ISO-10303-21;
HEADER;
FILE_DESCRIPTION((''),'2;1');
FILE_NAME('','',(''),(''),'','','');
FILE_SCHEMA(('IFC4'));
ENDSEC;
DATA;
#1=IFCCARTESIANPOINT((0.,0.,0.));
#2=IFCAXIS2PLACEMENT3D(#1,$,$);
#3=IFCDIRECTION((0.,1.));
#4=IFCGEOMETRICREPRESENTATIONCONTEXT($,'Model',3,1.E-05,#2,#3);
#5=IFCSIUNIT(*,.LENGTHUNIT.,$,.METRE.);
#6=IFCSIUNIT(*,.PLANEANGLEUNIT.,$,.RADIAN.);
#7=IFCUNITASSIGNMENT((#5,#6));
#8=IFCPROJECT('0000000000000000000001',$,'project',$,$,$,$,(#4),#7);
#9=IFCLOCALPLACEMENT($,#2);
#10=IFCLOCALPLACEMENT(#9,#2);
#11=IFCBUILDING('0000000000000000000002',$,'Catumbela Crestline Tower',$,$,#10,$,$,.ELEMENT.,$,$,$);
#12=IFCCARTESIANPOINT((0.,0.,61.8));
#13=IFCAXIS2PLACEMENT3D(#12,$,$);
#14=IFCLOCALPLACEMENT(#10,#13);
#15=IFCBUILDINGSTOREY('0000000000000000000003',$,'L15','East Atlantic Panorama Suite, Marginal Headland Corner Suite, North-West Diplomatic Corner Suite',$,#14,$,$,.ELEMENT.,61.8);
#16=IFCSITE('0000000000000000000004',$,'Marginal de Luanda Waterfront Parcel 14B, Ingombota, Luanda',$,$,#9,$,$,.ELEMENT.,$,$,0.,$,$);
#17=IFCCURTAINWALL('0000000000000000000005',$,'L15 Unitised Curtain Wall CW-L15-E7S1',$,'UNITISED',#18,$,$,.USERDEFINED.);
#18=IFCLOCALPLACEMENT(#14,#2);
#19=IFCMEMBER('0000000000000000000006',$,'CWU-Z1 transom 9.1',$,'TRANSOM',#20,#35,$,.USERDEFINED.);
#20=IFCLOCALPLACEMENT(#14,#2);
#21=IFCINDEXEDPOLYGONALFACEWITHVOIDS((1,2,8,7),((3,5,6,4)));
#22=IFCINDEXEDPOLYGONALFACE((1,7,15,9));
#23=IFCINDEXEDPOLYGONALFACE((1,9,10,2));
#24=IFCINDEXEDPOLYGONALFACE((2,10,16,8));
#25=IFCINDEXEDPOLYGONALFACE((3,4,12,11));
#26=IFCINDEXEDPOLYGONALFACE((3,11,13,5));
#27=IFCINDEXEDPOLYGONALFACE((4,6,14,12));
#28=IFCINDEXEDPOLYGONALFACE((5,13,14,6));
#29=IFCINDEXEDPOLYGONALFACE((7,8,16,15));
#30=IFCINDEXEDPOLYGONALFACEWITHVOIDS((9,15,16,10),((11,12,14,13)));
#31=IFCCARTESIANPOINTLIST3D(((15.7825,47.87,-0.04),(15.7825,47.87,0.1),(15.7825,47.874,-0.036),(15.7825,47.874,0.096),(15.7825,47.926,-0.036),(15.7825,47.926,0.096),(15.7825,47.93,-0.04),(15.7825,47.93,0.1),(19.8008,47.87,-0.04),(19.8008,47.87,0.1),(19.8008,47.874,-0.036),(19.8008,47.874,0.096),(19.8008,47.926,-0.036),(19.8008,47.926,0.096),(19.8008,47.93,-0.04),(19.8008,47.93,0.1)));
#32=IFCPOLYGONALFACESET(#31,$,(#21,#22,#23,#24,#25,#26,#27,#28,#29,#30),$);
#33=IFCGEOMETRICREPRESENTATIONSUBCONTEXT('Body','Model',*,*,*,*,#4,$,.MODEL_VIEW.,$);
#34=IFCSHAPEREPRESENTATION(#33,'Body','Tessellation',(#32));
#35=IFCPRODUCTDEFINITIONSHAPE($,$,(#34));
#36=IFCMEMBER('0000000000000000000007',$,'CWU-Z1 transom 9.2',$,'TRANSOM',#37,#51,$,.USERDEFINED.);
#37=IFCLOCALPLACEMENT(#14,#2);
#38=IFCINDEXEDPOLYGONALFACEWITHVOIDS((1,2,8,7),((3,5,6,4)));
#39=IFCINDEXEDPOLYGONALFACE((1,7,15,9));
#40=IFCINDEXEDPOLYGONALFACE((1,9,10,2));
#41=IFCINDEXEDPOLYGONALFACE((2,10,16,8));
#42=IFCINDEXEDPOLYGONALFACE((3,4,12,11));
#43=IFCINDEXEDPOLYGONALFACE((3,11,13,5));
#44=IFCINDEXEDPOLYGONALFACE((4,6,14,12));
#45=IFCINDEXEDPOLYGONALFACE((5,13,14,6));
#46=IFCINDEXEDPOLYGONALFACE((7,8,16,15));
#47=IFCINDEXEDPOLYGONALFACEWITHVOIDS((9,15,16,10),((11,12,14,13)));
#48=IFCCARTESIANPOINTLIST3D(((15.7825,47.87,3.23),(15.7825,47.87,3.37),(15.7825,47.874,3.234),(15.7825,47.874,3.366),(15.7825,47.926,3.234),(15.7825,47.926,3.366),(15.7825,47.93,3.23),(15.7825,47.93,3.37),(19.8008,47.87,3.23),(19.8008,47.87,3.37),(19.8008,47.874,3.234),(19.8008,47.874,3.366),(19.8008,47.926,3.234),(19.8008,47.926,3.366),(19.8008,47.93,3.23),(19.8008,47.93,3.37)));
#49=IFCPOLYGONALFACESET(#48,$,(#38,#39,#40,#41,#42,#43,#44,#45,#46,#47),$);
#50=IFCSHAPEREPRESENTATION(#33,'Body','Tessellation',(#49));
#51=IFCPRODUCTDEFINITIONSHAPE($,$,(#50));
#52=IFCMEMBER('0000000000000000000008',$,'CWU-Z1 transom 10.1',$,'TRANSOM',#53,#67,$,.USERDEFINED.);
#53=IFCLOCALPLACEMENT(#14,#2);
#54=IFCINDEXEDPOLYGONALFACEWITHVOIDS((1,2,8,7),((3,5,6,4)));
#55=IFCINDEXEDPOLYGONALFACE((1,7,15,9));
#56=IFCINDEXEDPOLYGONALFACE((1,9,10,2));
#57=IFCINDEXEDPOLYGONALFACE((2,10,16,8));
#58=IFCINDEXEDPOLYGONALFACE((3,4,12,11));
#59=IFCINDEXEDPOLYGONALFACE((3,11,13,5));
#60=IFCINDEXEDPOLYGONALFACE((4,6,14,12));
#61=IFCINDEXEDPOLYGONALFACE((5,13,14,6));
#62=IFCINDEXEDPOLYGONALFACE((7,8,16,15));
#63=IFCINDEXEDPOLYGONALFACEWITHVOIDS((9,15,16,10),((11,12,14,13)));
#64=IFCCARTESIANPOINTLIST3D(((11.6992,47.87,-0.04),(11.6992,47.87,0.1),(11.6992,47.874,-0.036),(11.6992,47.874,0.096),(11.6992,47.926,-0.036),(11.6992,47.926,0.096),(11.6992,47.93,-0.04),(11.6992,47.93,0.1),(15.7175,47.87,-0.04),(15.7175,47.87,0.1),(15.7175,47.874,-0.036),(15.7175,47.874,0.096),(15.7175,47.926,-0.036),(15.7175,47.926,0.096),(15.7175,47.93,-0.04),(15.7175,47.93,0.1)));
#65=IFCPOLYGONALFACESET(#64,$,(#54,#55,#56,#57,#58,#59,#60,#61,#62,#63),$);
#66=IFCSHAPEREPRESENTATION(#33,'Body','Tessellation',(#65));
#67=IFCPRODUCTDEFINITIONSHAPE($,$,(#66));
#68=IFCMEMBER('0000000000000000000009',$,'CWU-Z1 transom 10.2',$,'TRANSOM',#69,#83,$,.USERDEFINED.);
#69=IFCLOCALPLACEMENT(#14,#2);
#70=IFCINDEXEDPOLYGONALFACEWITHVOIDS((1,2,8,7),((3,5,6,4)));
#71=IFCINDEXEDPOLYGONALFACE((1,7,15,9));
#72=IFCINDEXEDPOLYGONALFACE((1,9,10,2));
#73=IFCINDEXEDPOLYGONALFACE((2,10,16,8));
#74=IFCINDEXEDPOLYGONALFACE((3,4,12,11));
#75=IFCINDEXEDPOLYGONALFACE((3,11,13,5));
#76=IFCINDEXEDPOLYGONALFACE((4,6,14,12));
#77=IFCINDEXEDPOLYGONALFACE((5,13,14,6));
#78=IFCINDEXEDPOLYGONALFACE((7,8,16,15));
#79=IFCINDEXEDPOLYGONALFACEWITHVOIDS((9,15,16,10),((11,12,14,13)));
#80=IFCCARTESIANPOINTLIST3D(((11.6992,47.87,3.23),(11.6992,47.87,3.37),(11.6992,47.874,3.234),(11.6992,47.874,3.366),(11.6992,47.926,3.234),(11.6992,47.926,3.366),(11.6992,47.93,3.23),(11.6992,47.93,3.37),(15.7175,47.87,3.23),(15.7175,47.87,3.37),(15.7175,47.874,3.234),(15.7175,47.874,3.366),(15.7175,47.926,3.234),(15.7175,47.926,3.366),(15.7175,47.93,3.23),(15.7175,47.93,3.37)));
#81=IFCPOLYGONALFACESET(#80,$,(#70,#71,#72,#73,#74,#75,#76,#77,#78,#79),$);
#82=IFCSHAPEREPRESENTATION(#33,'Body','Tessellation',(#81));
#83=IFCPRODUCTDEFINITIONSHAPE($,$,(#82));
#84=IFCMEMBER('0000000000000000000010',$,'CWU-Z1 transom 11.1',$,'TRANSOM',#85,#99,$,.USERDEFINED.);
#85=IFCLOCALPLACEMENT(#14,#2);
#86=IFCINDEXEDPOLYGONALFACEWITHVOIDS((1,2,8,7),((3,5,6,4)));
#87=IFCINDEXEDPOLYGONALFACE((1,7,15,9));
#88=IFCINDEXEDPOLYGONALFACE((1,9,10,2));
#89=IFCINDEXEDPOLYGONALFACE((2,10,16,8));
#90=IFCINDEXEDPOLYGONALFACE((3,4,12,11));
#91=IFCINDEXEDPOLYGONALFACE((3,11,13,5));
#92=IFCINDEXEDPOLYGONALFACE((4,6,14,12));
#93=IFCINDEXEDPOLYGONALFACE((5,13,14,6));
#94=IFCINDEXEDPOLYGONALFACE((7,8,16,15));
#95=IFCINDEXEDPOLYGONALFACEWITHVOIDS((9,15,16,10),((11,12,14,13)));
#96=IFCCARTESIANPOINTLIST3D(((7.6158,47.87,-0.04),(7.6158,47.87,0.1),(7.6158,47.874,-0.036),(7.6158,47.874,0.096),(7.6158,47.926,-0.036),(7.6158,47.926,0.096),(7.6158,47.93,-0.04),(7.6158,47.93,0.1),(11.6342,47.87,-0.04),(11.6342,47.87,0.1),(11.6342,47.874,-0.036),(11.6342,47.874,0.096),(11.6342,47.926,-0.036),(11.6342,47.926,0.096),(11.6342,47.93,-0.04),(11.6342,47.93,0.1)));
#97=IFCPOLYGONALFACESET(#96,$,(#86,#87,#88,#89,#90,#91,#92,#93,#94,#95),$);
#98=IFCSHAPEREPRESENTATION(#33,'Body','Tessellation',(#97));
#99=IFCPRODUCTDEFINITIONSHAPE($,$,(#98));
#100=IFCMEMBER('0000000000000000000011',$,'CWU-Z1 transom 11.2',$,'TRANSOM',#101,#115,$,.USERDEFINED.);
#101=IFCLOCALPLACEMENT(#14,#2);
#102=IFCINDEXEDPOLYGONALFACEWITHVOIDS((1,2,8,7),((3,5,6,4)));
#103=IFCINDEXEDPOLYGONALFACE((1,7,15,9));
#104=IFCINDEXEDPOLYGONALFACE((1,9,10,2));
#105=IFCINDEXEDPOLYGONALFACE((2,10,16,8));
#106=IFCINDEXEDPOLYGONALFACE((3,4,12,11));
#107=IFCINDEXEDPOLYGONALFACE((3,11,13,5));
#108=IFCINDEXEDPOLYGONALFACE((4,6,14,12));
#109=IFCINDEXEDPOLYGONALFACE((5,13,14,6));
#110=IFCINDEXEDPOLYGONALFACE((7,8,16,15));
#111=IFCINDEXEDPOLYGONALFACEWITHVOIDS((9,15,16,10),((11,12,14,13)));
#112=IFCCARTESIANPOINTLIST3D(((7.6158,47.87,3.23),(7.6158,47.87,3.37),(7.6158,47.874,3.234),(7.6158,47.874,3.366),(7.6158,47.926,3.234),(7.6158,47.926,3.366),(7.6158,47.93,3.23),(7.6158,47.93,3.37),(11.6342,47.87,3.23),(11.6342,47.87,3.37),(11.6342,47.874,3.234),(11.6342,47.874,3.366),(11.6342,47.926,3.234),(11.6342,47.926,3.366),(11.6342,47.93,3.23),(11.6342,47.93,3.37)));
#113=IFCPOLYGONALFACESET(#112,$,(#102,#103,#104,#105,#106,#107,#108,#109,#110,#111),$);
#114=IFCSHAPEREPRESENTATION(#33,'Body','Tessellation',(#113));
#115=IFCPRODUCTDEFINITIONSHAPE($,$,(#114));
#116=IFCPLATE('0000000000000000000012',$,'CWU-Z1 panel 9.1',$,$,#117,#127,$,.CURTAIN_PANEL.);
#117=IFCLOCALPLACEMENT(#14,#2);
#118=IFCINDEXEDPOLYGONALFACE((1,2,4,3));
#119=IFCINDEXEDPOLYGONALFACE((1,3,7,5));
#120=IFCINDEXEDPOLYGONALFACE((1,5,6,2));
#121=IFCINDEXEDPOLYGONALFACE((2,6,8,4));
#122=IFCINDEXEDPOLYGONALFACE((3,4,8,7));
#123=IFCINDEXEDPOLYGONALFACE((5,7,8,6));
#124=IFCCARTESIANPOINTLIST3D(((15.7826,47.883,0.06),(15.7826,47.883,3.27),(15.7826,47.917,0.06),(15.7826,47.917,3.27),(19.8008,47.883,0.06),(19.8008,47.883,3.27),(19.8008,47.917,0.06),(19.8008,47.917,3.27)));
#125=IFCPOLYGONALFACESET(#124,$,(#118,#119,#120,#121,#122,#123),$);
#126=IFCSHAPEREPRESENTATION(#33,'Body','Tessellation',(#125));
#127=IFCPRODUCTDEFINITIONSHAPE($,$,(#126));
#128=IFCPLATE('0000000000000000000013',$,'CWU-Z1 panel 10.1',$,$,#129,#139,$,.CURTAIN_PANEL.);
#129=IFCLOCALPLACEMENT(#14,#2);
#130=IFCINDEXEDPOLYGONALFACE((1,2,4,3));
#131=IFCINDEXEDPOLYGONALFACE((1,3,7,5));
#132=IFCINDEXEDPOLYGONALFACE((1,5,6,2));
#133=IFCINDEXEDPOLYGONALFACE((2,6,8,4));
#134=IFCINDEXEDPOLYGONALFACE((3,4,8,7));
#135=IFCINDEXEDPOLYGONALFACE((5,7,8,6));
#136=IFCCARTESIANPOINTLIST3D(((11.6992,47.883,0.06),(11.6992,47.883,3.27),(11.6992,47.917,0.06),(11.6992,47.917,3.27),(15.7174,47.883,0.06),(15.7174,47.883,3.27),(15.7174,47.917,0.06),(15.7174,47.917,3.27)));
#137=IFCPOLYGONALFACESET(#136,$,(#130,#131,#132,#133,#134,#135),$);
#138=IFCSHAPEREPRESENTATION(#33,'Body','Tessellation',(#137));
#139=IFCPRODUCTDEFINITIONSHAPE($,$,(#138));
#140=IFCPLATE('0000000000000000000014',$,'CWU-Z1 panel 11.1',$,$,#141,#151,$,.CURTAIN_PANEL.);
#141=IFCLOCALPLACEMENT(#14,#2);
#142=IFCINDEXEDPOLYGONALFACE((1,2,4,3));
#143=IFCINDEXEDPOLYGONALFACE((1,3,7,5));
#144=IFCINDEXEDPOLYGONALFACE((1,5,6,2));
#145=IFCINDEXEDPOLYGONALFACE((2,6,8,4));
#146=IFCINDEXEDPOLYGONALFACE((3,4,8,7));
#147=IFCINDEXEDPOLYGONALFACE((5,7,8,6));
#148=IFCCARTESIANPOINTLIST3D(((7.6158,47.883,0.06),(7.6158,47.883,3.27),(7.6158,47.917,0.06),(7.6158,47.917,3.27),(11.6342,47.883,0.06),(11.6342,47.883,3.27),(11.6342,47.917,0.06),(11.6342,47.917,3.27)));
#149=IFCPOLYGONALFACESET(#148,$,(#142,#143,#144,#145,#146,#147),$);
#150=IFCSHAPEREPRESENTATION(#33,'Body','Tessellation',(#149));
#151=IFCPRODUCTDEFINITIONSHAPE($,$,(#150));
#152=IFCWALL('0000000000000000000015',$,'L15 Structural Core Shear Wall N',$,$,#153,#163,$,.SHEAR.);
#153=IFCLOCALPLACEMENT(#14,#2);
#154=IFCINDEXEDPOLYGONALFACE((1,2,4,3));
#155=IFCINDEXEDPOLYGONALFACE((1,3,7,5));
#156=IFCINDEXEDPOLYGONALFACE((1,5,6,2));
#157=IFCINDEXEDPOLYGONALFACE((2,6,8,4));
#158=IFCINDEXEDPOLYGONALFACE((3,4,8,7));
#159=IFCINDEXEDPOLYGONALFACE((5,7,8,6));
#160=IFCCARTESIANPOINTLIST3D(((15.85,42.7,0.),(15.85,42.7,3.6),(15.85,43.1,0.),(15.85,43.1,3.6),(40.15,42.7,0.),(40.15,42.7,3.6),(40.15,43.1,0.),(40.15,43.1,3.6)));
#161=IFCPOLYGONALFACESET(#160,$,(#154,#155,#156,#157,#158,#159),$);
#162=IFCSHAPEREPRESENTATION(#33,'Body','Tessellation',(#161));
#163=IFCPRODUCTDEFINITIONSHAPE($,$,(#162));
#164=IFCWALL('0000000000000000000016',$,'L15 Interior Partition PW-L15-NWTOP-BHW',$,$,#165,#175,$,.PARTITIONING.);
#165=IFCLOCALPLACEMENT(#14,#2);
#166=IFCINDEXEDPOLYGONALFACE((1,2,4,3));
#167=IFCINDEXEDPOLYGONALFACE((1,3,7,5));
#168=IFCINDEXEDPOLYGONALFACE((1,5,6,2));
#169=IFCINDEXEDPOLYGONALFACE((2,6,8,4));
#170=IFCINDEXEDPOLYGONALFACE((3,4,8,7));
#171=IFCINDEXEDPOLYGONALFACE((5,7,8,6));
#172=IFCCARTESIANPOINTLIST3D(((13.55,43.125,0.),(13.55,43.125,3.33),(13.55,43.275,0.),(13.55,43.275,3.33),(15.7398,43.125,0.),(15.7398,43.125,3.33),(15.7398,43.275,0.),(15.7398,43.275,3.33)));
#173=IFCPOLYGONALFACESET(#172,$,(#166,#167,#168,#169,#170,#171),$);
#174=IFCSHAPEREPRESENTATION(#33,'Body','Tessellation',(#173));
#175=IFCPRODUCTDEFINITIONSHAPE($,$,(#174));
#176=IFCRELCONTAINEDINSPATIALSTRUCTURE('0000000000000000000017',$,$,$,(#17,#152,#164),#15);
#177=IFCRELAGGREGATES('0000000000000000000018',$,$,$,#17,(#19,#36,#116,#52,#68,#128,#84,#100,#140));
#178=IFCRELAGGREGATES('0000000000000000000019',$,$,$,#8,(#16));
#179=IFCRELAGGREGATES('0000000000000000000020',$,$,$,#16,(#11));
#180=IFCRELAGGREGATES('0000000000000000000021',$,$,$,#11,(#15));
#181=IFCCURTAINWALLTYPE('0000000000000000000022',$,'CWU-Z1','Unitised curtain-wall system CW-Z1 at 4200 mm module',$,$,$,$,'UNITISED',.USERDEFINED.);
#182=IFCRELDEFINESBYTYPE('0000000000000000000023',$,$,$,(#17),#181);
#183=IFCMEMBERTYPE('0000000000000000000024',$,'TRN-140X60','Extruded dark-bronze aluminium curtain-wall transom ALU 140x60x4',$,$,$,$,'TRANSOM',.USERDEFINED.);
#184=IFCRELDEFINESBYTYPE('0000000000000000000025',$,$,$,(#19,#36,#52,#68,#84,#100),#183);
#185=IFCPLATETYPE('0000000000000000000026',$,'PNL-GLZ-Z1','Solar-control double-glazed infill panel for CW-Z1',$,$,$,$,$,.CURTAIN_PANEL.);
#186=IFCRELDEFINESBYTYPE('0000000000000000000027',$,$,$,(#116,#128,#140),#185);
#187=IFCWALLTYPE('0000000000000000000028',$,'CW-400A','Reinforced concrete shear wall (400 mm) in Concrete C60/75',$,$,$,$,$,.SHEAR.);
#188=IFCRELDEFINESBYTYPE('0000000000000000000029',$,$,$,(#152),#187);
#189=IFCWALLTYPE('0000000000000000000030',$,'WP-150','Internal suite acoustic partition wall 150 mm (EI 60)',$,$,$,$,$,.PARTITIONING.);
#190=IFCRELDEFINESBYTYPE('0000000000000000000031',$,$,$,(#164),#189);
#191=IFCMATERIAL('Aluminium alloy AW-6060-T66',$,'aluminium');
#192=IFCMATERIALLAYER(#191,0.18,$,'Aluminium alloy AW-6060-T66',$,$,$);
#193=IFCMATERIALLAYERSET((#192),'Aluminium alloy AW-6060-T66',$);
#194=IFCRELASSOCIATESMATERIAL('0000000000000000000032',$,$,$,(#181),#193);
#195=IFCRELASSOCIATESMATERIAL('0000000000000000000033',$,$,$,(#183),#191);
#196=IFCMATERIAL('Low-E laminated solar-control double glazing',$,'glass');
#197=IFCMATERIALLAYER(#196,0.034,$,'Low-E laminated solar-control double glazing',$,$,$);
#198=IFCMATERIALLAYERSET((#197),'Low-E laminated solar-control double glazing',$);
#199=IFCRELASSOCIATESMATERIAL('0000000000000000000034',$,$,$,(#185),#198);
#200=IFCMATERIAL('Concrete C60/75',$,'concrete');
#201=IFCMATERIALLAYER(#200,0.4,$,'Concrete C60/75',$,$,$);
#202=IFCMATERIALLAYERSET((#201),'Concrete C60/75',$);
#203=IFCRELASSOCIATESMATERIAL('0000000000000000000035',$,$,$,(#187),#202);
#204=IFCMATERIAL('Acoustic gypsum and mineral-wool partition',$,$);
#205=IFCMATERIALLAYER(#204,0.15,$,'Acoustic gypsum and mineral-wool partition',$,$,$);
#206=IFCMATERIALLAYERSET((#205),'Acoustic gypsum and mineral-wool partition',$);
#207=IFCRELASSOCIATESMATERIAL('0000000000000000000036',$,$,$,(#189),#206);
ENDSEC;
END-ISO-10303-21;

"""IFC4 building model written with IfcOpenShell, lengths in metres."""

from ifc_helpers import new_model, si_unit, direction, frame, frame_2d, origin, origin_2d, place, context, subcontext, project, spatial, rectangle, hollow_rectangle, extrude, material, layer, layer_set, material_profile, profile_set, type_object, element, aggregate, save


model = new_model("IFC4")

# Units and contexts
model_context = context("Model", 3, precision=1e-05, world=origin(), true_north=direction((0.0, 1.0)))
body_context = subcontext(model_context, "Body", "Model", "MODEL_VIEW")
ifc_project = project(units=[si_unit("LENGTHUNIT", "METRE"), si_unit("PLANEANGLEUNIT", "RADIAN")], contexts=[model_context])

# Site, building, storey
site_placement = place(None, origin())
site = spatial("IfcSite", under=ifc_project, at=site_placement, Name="Marginal de Luanda Waterfront Parcel 14B, Ingombota, Luanda", CompositionType="ELEMENT", RefElevation=0.0)
building_placement = place(site_placement, origin())
building = spatial("IfcBuilding", under=site, at=building_placement, Name="Catumbela Crestline Tower", CompositionType="ELEMENT")
storey_placement = place(building_placement, frame((0.0, 0.0, 61.8)))
storey = spatial("IfcBuildingStorey", under=building, at=storey_placement, Name="L15", Description="East Atlantic Panorama Suite, Marginal Headland Corner Suite, North-West Diplomatic Corner Suite", CompositionType="ELEMENT", Elevation=61.8)

# Curtain wall
ifc_material_1 = material(Name="Aluminium alloy AW-6060-T66", Category="aluminium")
ifc_layer_1 = layer(ifc_material_1, 0.18, Name="Aluminium alloy AW-6060-T66")
ifc_layer_set_1 = layer_set([ifc_layer_1], Name="Aluminium alloy AW-6060-T66")
curtain_wall_type = type_object("IfcCurtainWallType", Name="CWU-Z1", Description="Unitised curtain-wall system CW-Z1 at 4200 mm module", ElementType="UNITISED", PredefinedType="USERDEFINED", material=ifc_layer_set_1)
curtain_wall_placement = place(storey_placement, origin())
curtain_wall = element("IfcCurtainWall", 1, at=curtain_wall_placement, inside=storey, type_object=curtain_wall_type, Name="L15 Unitised Curtain Wall CW-L15-E7S1", ObjectType="UNITISED", PredefinedType="USERDEFINED")

# Members
ifc_material_profile_1 = material_profile(ifc_material_1, hollow_rectangle(XDim=0.06, YDim=0.14, WallThickness=0.004, at=origin_2d()), Name="ALU 140x60x4")
ifc_profile_set_1 = profile_set([ifc_material_profile_1], Name="Aluminium alloy AW-6060-T66")
member_type_1 = type_object("IfcMemberType", Name="TRN-140X60", Description="Extruded dark-bronze aluminium curtain-wall transom ALU 140x60x4", ElementType="TRANSOM", PredefinedType="USERDEFINED", material=ifc_profile_set_1)
member_1_placement = place(storey_placement, frame((19.8008, 47.9, 0.03), z_axis=(-1.0, 0.0, 0.0), x_axis=(0.0, -1.0, 0.0)))
member_1 = element("IfcMember", 2, at=member_1_placement, type_object=member_type_1, Name="CWU-Z1 transom 9.1", ObjectType="TRANSOM", PredefinedType="USERDEFINED", context=body_context, shape_type="SweptSolid", body=[
    extrude(hollow_rectangle(XDim=0.06, YDim=0.14, WallThickness=0.004, at=origin_2d()), origin(), (0.0, 0.0, 1.0), 4.0183),
])
member_2_placement = place(storey_placement, frame((19.8008, 47.9, 3.3), z_axis=(-1.0, 0.0, 0.0), x_axis=(0.0, -1.0, 0.0)))
member_2 = element("IfcMember", 3, at=member_2_placement, type_object=member_type_1, Name="CWU-Z1 transom 9.2", ObjectType="TRANSOM", PredefinedType="USERDEFINED", context=body_context, shape_type="SweptSolid", body=[
    extrude(hollow_rectangle(XDim=0.06, YDim=0.14, WallThickness=0.004, at=origin_2d()), origin(), (0.0, 0.0, 1.0), 4.0183),
])
member_3_placement = place(storey_placement, frame((15.7175, 47.9, 0.03), z_axis=(-1.0, 0.0, 0.0), x_axis=(0.0, -1.0, 0.0)))
member_3 = element("IfcMember", 4, at=member_3_placement, type_object=member_type_1, Name="CWU-Z1 transom 10.1", ObjectType="TRANSOM", PredefinedType="USERDEFINED", context=body_context, shape_type="SweptSolid", body=[
    extrude(hollow_rectangle(XDim=0.06, YDim=0.14, WallThickness=0.004, at=origin_2d()), origin(), (0.0, 0.0, 1.0), 4.0183),
])
member_4_placement = place(storey_placement, frame((15.7175, 47.9, 3.3), z_axis=(-1.0, 0.0, 0.0), x_axis=(0.0, -1.0, 0.0)))
member_4 = element("IfcMember", 5, at=member_4_placement, type_object=member_type_1, Name="CWU-Z1 transom 10.2", ObjectType="TRANSOM", PredefinedType="USERDEFINED", context=body_context, shape_type="SweptSolid", body=[
    extrude(hollow_rectangle(XDim=0.06, YDim=0.14, WallThickness=0.004, at=origin_2d()), origin(), (0.0, 0.0, 1.0), 4.0183),
])
member_5_placement = place(storey_placement, frame((11.6342, 47.9, 0.03), z_axis=(-1.0, 0.0, 0.0), x_axis=(0.0, -1.0, 0.0)))
member_5 = element("IfcMember", 6, at=member_5_placement, type_object=member_type_1, Name="CWU-Z1 transom 11.1", ObjectType="TRANSOM", PredefinedType="USERDEFINED", context=body_context, shape_type="SweptSolid", body=[
    extrude(hollow_rectangle(XDim=0.06, YDim=0.14, WallThickness=0.004, at=origin_2d()), origin(), (0.0, 0.0, 1.0), 4.0184),
])
member_6_placement = place(storey_placement, frame((11.6342, 47.9, 3.3), z_axis=(-1.0, 0.0, 0.0), x_axis=(0.0, -1.0, 0.0)))
member_6 = element("IfcMember", 7, at=member_6_placement, type_object=member_type_1, Name="CWU-Z1 transom 11.2", ObjectType="TRANSOM", PredefinedType="USERDEFINED", context=body_context, shape_type="SweptSolid", body=[
    extrude(hollow_rectangle(XDim=0.06, YDim=0.14, WallThickness=0.004, at=origin_2d()), origin(), (0.0, 0.0, 1.0), 4.0184),
])

# Plates
ifc_material_2 = material(Name="Low-E laminated solar-control double glazing", Category="glass")
ifc_layer_2 = layer(ifc_material_2, 0.034, Name="Low-E laminated solar-control double glazing")
ifc_layer_set_2 = layer_set([ifc_layer_2], Name="Low-E laminated solar-control double glazing")
plate_type = type_object("IfcPlateType", Name="PNL-GLZ-Z1", Description="Solar-control double-glazed infill panel for CW-Z1", PredefinedType="CURTAIN_PANEL", material=ifc_layer_set_2)
plate_1_placement = place(storey_placement, frame((17.7917, 47.9, 0.06), z_axis=(0.0, 0.0, 1.0), x_axis=(-1.0, 0.0, 0.0)))
plate_1 = element("IfcPlate", 8, at=plate_1_placement, type_object=plate_type, Name="CWU-Z1 panel 9.1", PredefinedType="CURTAIN_PANEL", context=body_context, shape_type="SweptSolid", body=[
    extrude(rectangle(XDim=4.0183, YDim=0.034, at=origin_2d()), origin(), (0.0, 0.0, 1.0), 3.21),
])
plate_2_placement = place(storey_placement, frame((13.7083, 47.9, 0.06), z_axis=(0.0, 0.0, 1.0), x_axis=(-1.0, 0.0, 0.0)))
plate_2 = element("IfcPlate", 9, at=plate_2_placement, type_object=plate_type, Name="CWU-Z1 panel 10.1", PredefinedType="CURTAIN_PANEL", context=body_context, shape_type="SweptSolid", body=[
    extrude(rectangle(XDim=4.0183, YDim=0.034, at=origin_2d()), origin(), (0.0, 0.0, 1.0), 3.21),
])
plate_3_placement = place(storey_placement, frame((9.625, 47.9, 0.06), z_axis=(0.0, 0.0, 1.0), x_axis=(-1.0, 0.0, 0.0)))
plate_3 = element("IfcPlate", 10, at=plate_3_placement, type_object=plate_type, Name="CWU-Z1 panel 11.1", PredefinedType="CURTAIN_PANEL", context=body_context, shape_type="SweptSolid", body=[
    extrude(rectangle(XDim=4.0183, YDim=0.034, at=origin_2d()), origin(), (0.0, 0.0, 1.0), 3.21),
])
aggregate(curtain_wall, [member_1, member_2, plate_1, member_3, member_4, plate_2, member_5, member_6, plate_3])

# Walls
ifc_material_3 = material(Name="Concrete C60/75", Category="concrete")
ifc_layer_3 = layer(ifc_material_3, 0.4, Name="Concrete C60/75")
ifc_layer_set_3 = layer_set([ifc_layer_3], Name="Concrete C60/75")
wall_type_1 = type_object("IfcWallType", Name="CW-400A", Description="Reinforced concrete shear wall (400 mm) in Concrete C60/75", PredefinedType="SHEAR", material=ifc_layer_set_3)
wall_1_placement = place(storey_placement, frame((15.85, 42.9, 0.0), z_axis=(0.0, 0.0, 1.0), x_axis=(1.0, 0.0, 0.0)))
element("IfcWall", 11, at=wall_1_placement, inside=storey, type_object=wall_type_1, Name="L15 Structural Core Shear Wall N", PredefinedType="SHEAR", context=body_context, shape_type="SweptSolid", body=[
    extrude(rectangle(XDim=24.3, YDim=0.4, at=frame_2d((12.15, 0.0))), origin(), (0.0, 0.0, 1.0), 3.6),
])
ifc_material_4 = material(Name="Acoustic gypsum and mineral-wool partition")
ifc_layer_4 = layer(ifc_material_4, 0.15, Name="Acoustic gypsum and mineral-wool partition")
ifc_layer_set_4 = layer_set([ifc_layer_4], Name="Acoustic gypsum and mineral-wool partition")
wall_type_2 = type_object("IfcWallType", Name="WP-150", Description="Internal suite acoustic partition wall 150 mm (EI 60)", PredefinedType="PARTITIONING", material=ifc_layer_set_4)
wall_2_placement = place(storey_placement, frame((13.55, 43.2, 0.0), z_axis=(0.0, 0.0, 1.0), x_axis=(1.0, 0.0, 0.0)))
element("IfcWall", 12, at=wall_2_placement, inside=storey, type_object=wall_type_2, Name="L15 Interior Partition PW-L15-NWTOP-BHW", PredefinedType="PARTITIONING", context=body_context, shape_type="SweptSolid", body=[
    extrude(rectangle(XDim=2.1897, YDim=0.15, at=frame_2d((1.0949, 0.0))), origin(), (0.0, 0.0, 1.0), 3.33),
])

save(model, "model.ifc")
